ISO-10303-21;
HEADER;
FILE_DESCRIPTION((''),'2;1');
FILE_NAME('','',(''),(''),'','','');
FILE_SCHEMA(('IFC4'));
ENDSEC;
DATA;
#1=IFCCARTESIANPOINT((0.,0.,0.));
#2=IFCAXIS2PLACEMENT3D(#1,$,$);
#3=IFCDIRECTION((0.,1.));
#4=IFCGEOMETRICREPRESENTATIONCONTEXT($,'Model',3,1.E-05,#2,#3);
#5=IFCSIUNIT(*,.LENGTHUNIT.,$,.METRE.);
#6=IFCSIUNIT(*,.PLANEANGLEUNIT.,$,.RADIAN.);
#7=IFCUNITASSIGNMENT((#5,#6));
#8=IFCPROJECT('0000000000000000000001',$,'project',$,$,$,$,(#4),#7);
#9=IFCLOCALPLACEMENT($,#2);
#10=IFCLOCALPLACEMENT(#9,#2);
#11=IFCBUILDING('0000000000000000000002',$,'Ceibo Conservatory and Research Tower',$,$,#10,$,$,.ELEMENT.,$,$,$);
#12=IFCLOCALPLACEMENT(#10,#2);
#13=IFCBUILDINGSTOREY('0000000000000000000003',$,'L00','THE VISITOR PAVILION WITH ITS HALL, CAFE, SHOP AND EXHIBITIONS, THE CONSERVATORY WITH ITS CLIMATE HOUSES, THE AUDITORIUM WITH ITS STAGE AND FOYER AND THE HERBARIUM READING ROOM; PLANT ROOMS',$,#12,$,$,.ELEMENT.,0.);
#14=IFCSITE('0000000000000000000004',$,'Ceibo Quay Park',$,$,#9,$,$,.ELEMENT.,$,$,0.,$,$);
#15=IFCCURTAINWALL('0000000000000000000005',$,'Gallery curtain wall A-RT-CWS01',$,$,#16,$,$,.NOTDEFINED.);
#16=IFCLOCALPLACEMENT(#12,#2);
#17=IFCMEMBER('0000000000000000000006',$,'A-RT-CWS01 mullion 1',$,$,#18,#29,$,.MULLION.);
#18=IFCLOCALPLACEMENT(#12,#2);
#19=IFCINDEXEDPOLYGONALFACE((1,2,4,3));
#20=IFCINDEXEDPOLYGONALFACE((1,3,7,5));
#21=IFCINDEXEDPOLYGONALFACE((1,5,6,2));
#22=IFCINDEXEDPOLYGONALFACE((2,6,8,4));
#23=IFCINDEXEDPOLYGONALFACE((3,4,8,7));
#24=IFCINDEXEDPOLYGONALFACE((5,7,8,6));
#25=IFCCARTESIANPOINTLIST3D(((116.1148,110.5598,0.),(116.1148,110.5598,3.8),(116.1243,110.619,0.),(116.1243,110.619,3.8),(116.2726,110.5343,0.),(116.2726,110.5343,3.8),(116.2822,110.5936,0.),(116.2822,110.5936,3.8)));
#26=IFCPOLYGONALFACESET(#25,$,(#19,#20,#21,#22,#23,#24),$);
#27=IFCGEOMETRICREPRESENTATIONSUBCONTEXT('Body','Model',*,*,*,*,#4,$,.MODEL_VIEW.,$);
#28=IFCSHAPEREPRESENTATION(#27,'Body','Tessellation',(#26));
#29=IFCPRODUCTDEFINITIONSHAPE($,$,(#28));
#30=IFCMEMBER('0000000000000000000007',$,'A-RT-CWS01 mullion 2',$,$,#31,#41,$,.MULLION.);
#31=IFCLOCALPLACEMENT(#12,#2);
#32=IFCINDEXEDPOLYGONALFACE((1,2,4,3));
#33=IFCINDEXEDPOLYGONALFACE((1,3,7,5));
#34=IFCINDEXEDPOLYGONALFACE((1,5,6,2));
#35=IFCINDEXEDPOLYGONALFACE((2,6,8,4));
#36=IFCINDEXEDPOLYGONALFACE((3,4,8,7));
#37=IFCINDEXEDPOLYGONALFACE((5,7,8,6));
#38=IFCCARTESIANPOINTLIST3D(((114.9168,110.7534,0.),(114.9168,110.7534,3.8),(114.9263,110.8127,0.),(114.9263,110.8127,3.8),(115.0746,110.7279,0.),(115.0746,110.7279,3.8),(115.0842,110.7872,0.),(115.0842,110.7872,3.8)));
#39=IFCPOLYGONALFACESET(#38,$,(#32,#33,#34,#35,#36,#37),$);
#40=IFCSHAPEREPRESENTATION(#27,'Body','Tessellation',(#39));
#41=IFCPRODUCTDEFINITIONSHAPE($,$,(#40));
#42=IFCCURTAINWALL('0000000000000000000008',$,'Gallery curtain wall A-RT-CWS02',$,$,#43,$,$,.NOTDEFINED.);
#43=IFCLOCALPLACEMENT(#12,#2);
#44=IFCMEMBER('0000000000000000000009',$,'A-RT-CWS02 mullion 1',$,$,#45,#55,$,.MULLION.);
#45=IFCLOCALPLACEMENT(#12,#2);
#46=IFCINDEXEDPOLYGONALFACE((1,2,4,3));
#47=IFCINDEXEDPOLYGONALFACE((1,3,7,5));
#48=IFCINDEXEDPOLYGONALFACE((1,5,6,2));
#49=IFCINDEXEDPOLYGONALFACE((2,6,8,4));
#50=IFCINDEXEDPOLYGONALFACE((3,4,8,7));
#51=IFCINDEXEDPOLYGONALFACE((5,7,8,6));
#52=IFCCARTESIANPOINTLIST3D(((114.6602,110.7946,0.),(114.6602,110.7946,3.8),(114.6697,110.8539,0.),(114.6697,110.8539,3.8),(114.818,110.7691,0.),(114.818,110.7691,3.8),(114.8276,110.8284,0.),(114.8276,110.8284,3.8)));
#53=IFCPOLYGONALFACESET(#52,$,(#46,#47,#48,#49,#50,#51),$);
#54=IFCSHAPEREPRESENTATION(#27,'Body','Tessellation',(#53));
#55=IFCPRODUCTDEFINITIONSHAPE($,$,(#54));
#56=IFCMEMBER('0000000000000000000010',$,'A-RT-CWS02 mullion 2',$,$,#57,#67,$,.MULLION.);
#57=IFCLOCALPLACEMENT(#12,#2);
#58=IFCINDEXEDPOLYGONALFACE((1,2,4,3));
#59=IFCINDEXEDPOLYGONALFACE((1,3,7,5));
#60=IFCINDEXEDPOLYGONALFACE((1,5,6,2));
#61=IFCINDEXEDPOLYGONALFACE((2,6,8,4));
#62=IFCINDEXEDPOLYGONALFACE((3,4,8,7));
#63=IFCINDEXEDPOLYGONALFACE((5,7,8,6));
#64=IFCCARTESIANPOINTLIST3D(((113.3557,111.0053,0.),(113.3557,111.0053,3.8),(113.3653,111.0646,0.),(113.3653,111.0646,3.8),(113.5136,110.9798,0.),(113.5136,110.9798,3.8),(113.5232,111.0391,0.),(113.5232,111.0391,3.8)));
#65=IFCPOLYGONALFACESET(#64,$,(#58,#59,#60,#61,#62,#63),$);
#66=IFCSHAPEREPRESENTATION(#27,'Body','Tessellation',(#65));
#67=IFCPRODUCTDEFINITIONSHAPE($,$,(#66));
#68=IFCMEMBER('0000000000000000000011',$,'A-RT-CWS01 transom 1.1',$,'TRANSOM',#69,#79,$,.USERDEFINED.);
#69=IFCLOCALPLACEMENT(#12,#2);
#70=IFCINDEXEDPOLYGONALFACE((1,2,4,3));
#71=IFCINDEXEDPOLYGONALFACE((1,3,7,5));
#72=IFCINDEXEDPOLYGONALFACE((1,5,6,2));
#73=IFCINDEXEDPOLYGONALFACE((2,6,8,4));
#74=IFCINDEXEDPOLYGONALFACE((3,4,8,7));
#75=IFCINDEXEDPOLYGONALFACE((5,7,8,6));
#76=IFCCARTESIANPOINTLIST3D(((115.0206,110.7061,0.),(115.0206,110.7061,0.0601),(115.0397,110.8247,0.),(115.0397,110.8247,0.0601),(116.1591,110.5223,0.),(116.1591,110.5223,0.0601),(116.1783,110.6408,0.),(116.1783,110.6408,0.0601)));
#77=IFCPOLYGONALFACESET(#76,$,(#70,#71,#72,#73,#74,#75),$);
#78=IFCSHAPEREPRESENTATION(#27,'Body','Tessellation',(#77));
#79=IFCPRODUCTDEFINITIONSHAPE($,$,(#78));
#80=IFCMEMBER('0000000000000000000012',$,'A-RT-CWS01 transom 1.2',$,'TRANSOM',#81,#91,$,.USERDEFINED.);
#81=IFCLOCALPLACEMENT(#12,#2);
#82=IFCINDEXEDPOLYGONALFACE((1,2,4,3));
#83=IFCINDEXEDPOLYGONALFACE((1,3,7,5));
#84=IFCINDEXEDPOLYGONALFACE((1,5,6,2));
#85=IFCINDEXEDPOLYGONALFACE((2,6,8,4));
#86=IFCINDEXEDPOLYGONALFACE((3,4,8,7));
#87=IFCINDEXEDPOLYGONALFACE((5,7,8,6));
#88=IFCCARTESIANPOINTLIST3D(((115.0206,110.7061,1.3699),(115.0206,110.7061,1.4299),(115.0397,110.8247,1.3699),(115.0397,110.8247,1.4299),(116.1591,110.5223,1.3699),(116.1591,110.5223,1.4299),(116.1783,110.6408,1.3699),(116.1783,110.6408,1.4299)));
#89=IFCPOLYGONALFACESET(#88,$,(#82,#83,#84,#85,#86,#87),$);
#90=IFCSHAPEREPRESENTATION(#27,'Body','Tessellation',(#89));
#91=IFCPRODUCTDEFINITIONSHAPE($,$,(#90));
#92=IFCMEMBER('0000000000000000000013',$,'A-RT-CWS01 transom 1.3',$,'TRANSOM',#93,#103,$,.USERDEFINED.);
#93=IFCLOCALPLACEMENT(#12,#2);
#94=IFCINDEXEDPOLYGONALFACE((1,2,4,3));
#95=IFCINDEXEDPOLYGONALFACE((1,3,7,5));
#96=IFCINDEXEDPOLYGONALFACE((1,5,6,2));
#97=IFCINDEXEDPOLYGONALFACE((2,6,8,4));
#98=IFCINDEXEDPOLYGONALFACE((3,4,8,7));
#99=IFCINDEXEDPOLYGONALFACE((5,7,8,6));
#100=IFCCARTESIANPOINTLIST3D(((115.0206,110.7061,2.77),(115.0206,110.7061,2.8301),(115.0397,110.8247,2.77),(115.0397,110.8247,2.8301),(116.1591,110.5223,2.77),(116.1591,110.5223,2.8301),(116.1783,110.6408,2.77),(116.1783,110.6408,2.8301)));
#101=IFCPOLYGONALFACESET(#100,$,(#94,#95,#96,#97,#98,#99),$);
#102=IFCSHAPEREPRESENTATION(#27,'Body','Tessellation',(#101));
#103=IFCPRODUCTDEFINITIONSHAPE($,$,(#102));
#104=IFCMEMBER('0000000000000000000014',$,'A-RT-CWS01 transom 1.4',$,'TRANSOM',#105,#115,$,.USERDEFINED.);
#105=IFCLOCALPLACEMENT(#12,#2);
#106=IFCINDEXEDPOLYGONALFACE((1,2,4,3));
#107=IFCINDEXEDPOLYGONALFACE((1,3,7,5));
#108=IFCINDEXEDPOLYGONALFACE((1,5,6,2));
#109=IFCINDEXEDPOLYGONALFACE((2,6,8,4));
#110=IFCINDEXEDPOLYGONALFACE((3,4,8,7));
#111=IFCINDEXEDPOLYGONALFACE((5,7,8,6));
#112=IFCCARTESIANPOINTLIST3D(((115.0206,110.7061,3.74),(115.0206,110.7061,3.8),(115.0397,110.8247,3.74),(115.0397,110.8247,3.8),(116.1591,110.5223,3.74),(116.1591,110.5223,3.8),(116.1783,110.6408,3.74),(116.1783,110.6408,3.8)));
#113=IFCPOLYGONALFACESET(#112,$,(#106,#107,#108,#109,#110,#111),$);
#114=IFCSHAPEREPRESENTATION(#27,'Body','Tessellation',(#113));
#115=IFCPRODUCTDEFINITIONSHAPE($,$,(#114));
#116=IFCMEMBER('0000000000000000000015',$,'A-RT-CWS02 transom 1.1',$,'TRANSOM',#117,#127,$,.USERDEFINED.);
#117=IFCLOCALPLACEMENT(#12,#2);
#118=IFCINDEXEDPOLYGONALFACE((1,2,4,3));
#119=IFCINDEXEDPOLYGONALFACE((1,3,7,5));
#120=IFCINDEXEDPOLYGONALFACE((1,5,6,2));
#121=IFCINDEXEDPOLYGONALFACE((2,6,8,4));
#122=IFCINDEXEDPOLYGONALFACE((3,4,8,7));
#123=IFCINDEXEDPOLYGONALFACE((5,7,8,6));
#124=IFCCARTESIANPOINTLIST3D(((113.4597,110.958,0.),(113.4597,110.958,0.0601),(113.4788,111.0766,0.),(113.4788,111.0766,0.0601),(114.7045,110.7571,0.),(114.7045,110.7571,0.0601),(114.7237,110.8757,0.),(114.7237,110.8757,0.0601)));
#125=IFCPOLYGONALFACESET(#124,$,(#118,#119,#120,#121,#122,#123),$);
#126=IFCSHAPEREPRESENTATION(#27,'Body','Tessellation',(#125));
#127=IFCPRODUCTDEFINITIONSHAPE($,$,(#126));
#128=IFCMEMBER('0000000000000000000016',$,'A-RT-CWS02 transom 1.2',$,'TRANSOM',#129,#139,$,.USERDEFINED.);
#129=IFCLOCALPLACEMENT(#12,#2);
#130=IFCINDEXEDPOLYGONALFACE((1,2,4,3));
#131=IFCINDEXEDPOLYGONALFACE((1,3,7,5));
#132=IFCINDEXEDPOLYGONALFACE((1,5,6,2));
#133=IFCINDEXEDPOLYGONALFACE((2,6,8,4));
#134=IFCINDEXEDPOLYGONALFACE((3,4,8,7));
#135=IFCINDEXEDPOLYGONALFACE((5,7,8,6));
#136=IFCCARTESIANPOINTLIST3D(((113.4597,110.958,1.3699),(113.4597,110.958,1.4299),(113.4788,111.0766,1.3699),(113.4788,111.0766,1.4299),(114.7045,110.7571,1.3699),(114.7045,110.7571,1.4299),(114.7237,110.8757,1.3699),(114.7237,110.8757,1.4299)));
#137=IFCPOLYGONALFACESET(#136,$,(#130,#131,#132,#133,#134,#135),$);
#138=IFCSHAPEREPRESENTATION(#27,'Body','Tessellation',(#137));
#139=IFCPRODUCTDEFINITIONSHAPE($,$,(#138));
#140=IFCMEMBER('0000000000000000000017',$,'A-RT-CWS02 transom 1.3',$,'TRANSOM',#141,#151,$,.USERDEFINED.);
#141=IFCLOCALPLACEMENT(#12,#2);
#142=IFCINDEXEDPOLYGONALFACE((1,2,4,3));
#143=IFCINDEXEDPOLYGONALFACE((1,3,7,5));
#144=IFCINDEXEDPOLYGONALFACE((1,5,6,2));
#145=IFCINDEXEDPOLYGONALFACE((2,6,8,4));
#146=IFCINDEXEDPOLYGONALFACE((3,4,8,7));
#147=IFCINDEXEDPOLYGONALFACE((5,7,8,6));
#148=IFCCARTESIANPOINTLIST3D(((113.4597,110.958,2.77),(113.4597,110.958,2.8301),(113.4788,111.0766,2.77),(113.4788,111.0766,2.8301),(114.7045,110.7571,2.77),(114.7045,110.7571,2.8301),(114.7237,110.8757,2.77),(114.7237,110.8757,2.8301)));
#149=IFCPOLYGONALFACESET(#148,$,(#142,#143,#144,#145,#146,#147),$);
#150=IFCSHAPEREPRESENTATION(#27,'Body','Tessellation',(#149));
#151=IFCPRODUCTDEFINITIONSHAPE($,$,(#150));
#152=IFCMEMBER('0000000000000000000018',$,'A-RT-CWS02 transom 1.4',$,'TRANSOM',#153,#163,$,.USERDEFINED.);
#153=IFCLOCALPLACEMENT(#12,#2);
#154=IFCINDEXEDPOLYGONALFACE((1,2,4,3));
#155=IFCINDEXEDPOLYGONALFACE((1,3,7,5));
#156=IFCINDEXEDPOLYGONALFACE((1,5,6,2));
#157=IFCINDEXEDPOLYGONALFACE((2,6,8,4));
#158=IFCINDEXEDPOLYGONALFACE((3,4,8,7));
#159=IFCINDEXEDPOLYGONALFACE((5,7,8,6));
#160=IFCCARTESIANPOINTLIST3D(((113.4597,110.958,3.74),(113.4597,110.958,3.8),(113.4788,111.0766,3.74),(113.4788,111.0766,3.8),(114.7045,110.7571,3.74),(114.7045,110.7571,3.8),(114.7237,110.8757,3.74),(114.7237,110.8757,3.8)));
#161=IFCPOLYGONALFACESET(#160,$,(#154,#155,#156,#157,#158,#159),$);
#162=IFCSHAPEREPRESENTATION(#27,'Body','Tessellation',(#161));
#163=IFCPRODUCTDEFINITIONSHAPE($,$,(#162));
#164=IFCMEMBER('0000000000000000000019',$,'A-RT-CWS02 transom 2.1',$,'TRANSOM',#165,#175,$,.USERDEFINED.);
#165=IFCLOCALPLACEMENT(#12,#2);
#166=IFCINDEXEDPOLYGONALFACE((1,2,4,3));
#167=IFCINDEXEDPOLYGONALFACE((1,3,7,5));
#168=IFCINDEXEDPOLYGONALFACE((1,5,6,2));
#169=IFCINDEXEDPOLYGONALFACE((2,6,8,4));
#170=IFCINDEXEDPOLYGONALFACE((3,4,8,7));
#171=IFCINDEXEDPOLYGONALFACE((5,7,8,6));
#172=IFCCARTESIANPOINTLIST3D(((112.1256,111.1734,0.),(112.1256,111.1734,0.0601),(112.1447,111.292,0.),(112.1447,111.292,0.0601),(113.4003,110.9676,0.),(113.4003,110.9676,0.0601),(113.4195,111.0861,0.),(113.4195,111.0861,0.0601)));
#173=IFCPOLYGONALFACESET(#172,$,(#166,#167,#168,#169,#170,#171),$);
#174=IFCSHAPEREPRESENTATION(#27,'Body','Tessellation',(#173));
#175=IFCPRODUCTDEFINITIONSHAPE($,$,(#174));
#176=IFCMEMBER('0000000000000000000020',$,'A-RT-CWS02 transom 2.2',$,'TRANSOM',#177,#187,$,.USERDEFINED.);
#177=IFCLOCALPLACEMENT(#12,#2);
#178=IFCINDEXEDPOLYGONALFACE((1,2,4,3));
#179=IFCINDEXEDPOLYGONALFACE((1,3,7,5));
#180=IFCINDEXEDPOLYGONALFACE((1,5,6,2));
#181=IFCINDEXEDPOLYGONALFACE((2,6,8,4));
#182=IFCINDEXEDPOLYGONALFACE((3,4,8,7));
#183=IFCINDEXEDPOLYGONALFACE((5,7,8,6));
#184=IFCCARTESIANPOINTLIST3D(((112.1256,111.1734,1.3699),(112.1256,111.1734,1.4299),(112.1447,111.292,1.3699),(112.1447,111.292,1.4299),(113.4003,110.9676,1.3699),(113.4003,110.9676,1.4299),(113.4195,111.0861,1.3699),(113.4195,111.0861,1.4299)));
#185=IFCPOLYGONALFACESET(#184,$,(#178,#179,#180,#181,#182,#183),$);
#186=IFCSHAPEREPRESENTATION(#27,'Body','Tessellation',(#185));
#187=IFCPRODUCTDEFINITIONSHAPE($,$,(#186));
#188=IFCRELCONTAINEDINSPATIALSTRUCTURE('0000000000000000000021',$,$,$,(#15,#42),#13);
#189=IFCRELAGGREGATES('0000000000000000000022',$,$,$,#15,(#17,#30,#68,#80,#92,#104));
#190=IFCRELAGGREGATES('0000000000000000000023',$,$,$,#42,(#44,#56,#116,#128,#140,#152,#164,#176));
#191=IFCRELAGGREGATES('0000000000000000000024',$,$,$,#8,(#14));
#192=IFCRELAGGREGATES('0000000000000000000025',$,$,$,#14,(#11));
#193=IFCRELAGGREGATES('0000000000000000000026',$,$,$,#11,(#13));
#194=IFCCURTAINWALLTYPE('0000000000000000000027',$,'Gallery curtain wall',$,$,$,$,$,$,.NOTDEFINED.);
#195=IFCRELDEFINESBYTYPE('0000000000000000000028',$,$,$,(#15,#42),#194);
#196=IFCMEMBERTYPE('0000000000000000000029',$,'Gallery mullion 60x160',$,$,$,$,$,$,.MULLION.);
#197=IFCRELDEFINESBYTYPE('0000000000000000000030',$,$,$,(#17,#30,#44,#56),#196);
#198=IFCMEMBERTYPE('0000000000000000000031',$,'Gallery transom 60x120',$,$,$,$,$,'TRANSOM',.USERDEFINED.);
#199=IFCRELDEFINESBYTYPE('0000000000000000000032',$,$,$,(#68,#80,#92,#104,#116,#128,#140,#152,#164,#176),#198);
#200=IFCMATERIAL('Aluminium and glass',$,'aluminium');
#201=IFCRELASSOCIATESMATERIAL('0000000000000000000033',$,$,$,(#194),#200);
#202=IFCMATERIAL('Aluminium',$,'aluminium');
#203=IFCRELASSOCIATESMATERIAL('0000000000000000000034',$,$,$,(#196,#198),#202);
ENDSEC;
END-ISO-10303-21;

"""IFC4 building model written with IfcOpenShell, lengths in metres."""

from ifc_helpers import new_model, si_unit, direction, frame, origin, origin_2d, place, context, subcontext, project, spatial, rectangle, extrude, material, material_profile, profile_set, type_object, element, aggregate, save


model = new_model("IFC4")

# Units and contexts
model_context = context("Model", 3, precision=1e-05, world=origin(), true_north=direction((0.0, 1.0)))
body_context = subcontext(model_context, "Body", "Model", "MODEL_VIEW")
ifc_project = project(units=[si_unit("LENGTHUNIT", "METRE"), si_unit("PLANEANGLEUNIT", "RADIAN")], contexts=[model_context])

# Site, building, storey
site_placement = place(None, origin())
site = spatial("IfcSite", under=ifc_project, at=site_placement, Name="Ceibo Quay Park", CompositionType="ELEMENT", RefElevation=0.0)
building_placement = place(site_placement, origin())
building = spatial("IfcBuilding", under=site, at=building_placement, Name="Ceibo Conservatory and Research Tower", CompositionType="ELEMENT")
storey_placement = place(building_placement, origin())
storey = spatial("IfcBuildingStorey", under=building, at=storey_placement, Name="L00", Description="THE VISITOR PAVILION WITH ITS HALL, CAFE, SHOP AND EXHIBITIONS, THE CONSERVATORY WITH ITS CLIMATE HOUSES, THE AUDITORIUM WITH ITS STAGE AND FOYER AND THE HERBARIUM READING ROOM; PLANT ROOMS", CompositionType="ELEMENT", Elevation=0.0)

# Curtain walls, members
ifc_material_1 = material(Name="Aluminium and glass", Category="aluminium")
curtain_wall_type = type_object("IfcCurtainWallType", Name="Gallery curtain wall", PredefinedType="NOTDEFINED", material=ifc_material_1)
curtain_wall_1_placement = place(storey_placement, origin())
curtain_wall_1 = element("IfcCurtainWall", 1, at=curtain_wall_1_placement, inside=storey, type_object=curtain_wall_type, Name="Gallery curtain wall A-RT-CWS01", PredefinedType="NOTDEFINED")
ifc_material_2 = material(Name="Aluminium", Category="aluminium")
ifc_material_profile_1 = material_profile(ifc_material_2, rectangle(XDim=0.0601, YDim=0.1599, at=origin_2d()), Name="AL 60x160")
ifc_profile_set_1 = profile_set([ifc_material_profile_1], Name="Aluminium")
member_type_1 = type_object("IfcMemberType", Name="Gallery mullion 60x160", PredefinedType="MULLION", material=ifc_profile_set_1)
member_1_placement = place(storey_placement, frame((116.1985, 110.5767, 0.0), z_axis=(0.0, 0.0, 1.0), x_axis=(-0.159391, -0.987216, 0.0)))
member_1 = element("IfcMember", 2, at=member_1_placement, type_object=member_type_1, Name="A-RT-CWS01 mullion 1", PredefinedType="MULLION", context=body_context, shape_type="SweptSolid", body=[
    extrude(rectangle(XDim=0.0601, YDim=0.1599, at=origin_2d()), origin(), (0.0, 0.0, 1.0), 3.8),
])
member_2_placement = place(storey_placement, frame((115.0005, 110.7703, 0.0), z_axis=(0.0, 0.0, 1.0), x_axis=(-0.159391, -0.987216, 0.0)))
member_2 = element("IfcMember", 3, at=member_2_placement, type_object=member_type_1, Name="A-RT-CWS01 mullion 2", PredefinedType="MULLION", context=body_context, shape_type="SweptSolid", body=[
    extrude(rectangle(XDim=0.0601, YDim=0.1599, at=origin_2d()), origin(), (0.0, 0.0, 1.0), 3.8),
])
curtain_wall_2_placement = place(storey_placement, origin())
curtain_wall_2 = element("IfcCurtainWall", 4, at=curtain_wall_2_placement, inside=storey, type_object=curtain_wall_type, Name="Gallery curtain wall A-RT-CWS02", PredefinedType="NOTDEFINED")
member_3_placement = place(storey_placement, frame((114.7439, 110.8115, 0.0), z_axis=(0.0, 0.0, 1.0), x_axis=(-0.159391, -0.987216, 0.0)))
member_3 = element("IfcMember", 5, at=member_3_placement, type_object=member_type_1, Name="A-RT-CWS02 mullion 1", PredefinedType="MULLION", context=body_context, shape_type="SweptSolid", body=[
    extrude(rectangle(XDim=0.0601, YDim=0.1599, at=origin_2d()), origin(), (0.0, 0.0, 1.0), 3.8),
])
member_4_placement = place(storey_placement, frame((113.4395, 111.0222, 0.0), z_axis=(0.0, 0.0, 1.0), x_axis=(-0.159391, -0.987216, 0.0)))
member_4 = element("IfcMember", 6, at=member_4_placement, type_object=member_type_1, Name="A-RT-CWS02 mullion 2", PredefinedType="MULLION", context=body_context, shape_type="SweptSolid", body=[
    extrude(rectangle(XDim=0.0601, YDim=0.1599, at=origin_2d()), origin(), (0.0, 0.0, 1.0), 3.8),
])

# Members
ifc_material_profile_2 = material_profile(ifc_material_2, rectangle(XDim=0.1201, YDim=0.0601, at=origin_2d()), Name="AL 60x120")
ifc_profile_set_2 = profile_set([ifc_material_profile_2], Name="Aluminium")
member_type_2 = type_object("IfcMemberType", Name="Gallery transom 60x120", ElementType="TRANSOM", PredefinedType="USERDEFINED", material=ifc_profile_set_2)
member_5_placement = place(storey_placement, frame((116.1687, 110.5815, 0.03), z_axis=(-0.987216, 0.159385, 0.0), x_axis=(-0.159385, -0.987216, 0.0)))
member_5 = element("IfcMember", 7, at=member_5_placement, type_object=member_type_2, Name="A-RT-CWS01 transom 1.1", ObjectType="TRANSOM", PredefinedType="USERDEFINED", context=body_context, shape_type="SweptSolid", body=[
    extrude(rectangle(XDim=0.1201, YDim=0.0601, at=origin_2d()), origin(), (0.0, 0.0, 1.0), 1.1533),
])
member_6_placement = place(storey_placement, frame((116.1687, 110.5815, 1.3999), z_axis=(-0.987216, 0.159385, 0.0), x_axis=(-0.159385, -0.987216, 0.0)))
member_6 = element("IfcMember", 8, at=member_6_placement, type_object=member_type_2, Name="A-RT-CWS01 transom 1.2", ObjectType="TRANSOM", PredefinedType="USERDEFINED", context=body_context, shape_type="SweptSolid", body=[
    extrude(rectangle(XDim=0.1201, YDim=0.0601, at=origin_2d()), origin(), (0.0, 0.0, 1.0), 1.1533),
])
member_7_placement = place(storey_placement, frame((116.1687, 110.5815, 2.8), z_axis=(-0.987216, 0.159385, 0.0), x_axis=(-0.159385, -0.987216, 0.0)))
member_7 = element("IfcMember", 9, at=member_7_placement, type_object=member_type_2, Name="A-RT-CWS01 transom 1.3", ObjectType="TRANSOM", PredefinedType="USERDEFINED", context=body_context, shape_type="SweptSolid", body=[
    extrude(rectangle(XDim=0.1201, YDim=0.0601, at=origin_2d()), origin(), (0.0, 0.0, 1.0), 1.1533),
])
member_8_placement = place(storey_placement, frame((116.1687, 110.5815, 3.77), z_axis=(-0.987216, 0.159385, 0.0), x_axis=(-0.159385, -0.987216, 0.0)))
member_8 = element("IfcMember", 10, at=member_8_placement, type_object=member_type_2, Name="A-RT-CWS01 transom 1.4", ObjectType="TRANSOM", PredefinedType="USERDEFINED", context=body_context, shape_type="SweptSolid", body=[
    extrude(rectangle(XDim=0.1201, YDim=0.0601, at=origin_2d()), origin(), (0.0, 0.0, 1.0), 1.1533),
])
member_9_placement = place(storey_placement, frame((114.7141, 110.8164, 0.03), z_axis=(-0.987223, 0.159342, 0.0), x_axis=(-0.159342, -0.987223, 0.0)))
member_9 = element("IfcMember", 11, at=member_9_placement, type_object=member_type_2, Name="A-RT-CWS02 transom 1.1", ObjectType="TRANSOM", PredefinedType="USERDEFINED", context=body_context, shape_type="SweptSolid", body=[
    extrude(rectangle(XDim=0.1201, YDim=0.0601, at=origin_2d()), origin(), (0.0, 0.0, 1.0), 1.261),
])
member_10_placement = place(storey_placement, frame((114.7141, 110.8164, 1.3999), z_axis=(-0.987223, 0.159342, 0.0), x_axis=(-0.159342, -0.987223, 0.0)))
member_10 = element("IfcMember", 12, at=member_10_placement, type_object=member_type_2, Name="A-RT-CWS02 transom 1.2", ObjectType="TRANSOM", PredefinedType="USERDEFINED", context=body_context, shape_type="SweptSolid", body=[
    extrude(rectangle(XDim=0.1201, YDim=0.0601, at=origin_2d()), origin(), (0.0, 0.0, 1.0), 1.261),
])
member_11_placement = place(storey_placement, frame((114.7141, 110.8164, 2.8), z_axis=(-0.987223, 0.159342, 0.0), x_axis=(-0.159342, -0.987223, 0.0)))
member_11 = element("IfcMember", 13, at=member_11_placement, type_object=member_type_2, Name="A-RT-CWS02 transom 1.3", ObjectType="TRANSOM", PredefinedType="USERDEFINED", context=body_context, shape_type="SweptSolid", body=[
    extrude(rectangle(XDim=0.1201, YDim=0.0601, at=origin_2d()), origin(), (0.0, 0.0, 1.0), 1.261),
])
member_12_placement = place(storey_placement, frame((114.7141, 110.8164, 3.77), z_axis=(-0.987223, 0.159342, 0.0), x_axis=(-0.159342, -0.987223, 0.0)))
member_12 = element("IfcMember", 14, at=member_12_placement, type_object=member_type_2, Name="A-RT-CWS02 transom 1.4", ObjectType="TRANSOM", PredefinedType="USERDEFINED", context=body_context, shape_type="SweptSolid", body=[
    extrude(rectangle(XDim=0.1201, YDim=0.0601, at=origin_2d()), origin(), (0.0, 0.0, 1.0), 1.261),
])
member_13_placement = place(storey_placement, frame((113.4099, 111.0269, 0.03), z_axis=(-0.987214, 0.159399, 0.0), x_axis=(-0.159399, -0.987214, 0.0)))
member_13 = element("IfcMember", 15, at=member_13_placement, type_object=member_type_2, Name="A-RT-CWS02 transom 2.1", ObjectType="TRANSOM", PredefinedType="USERDEFINED", context=body_context, shape_type="SweptSolid", body=[
    extrude(rectangle(XDim=0.1201, YDim=0.0601, at=origin_2d()), origin(), (0.0, 0.0, 1.0), 1.2913),
])
member_14_placement = place(storey_placement, frame((113.4099, 111.0269, 1.3999), z_axis=(-0.987214, 0.159399, 0.0), x_axis=(-0.159399, -0.987214, 0.0)))
member_14 = element("IfcMember", 16, at=member_14_placement, type_object=member_type_2, Name="A-RT-CWS02 transom 2.2", ObjectType="TRANSOM", PredefinedType="USERDEFINED", context=body_context, shape_type="SweptSolid", body=[
    extrude(rectangle(XDim=0.1201, YDim=0.0601, at=origin_2d()), origin(), (0.0, 0.0, 1.0), 1.2913),
])

aggregate(curtain_wall_1, [member_1, member_2, member_5, member_6, member_7, member_8])
aggregate(curtain_wall_2, [member_3, member_4, member_9, member_10, member_11, member_12, member_13, member_14])

save(model, "model.ifc")
